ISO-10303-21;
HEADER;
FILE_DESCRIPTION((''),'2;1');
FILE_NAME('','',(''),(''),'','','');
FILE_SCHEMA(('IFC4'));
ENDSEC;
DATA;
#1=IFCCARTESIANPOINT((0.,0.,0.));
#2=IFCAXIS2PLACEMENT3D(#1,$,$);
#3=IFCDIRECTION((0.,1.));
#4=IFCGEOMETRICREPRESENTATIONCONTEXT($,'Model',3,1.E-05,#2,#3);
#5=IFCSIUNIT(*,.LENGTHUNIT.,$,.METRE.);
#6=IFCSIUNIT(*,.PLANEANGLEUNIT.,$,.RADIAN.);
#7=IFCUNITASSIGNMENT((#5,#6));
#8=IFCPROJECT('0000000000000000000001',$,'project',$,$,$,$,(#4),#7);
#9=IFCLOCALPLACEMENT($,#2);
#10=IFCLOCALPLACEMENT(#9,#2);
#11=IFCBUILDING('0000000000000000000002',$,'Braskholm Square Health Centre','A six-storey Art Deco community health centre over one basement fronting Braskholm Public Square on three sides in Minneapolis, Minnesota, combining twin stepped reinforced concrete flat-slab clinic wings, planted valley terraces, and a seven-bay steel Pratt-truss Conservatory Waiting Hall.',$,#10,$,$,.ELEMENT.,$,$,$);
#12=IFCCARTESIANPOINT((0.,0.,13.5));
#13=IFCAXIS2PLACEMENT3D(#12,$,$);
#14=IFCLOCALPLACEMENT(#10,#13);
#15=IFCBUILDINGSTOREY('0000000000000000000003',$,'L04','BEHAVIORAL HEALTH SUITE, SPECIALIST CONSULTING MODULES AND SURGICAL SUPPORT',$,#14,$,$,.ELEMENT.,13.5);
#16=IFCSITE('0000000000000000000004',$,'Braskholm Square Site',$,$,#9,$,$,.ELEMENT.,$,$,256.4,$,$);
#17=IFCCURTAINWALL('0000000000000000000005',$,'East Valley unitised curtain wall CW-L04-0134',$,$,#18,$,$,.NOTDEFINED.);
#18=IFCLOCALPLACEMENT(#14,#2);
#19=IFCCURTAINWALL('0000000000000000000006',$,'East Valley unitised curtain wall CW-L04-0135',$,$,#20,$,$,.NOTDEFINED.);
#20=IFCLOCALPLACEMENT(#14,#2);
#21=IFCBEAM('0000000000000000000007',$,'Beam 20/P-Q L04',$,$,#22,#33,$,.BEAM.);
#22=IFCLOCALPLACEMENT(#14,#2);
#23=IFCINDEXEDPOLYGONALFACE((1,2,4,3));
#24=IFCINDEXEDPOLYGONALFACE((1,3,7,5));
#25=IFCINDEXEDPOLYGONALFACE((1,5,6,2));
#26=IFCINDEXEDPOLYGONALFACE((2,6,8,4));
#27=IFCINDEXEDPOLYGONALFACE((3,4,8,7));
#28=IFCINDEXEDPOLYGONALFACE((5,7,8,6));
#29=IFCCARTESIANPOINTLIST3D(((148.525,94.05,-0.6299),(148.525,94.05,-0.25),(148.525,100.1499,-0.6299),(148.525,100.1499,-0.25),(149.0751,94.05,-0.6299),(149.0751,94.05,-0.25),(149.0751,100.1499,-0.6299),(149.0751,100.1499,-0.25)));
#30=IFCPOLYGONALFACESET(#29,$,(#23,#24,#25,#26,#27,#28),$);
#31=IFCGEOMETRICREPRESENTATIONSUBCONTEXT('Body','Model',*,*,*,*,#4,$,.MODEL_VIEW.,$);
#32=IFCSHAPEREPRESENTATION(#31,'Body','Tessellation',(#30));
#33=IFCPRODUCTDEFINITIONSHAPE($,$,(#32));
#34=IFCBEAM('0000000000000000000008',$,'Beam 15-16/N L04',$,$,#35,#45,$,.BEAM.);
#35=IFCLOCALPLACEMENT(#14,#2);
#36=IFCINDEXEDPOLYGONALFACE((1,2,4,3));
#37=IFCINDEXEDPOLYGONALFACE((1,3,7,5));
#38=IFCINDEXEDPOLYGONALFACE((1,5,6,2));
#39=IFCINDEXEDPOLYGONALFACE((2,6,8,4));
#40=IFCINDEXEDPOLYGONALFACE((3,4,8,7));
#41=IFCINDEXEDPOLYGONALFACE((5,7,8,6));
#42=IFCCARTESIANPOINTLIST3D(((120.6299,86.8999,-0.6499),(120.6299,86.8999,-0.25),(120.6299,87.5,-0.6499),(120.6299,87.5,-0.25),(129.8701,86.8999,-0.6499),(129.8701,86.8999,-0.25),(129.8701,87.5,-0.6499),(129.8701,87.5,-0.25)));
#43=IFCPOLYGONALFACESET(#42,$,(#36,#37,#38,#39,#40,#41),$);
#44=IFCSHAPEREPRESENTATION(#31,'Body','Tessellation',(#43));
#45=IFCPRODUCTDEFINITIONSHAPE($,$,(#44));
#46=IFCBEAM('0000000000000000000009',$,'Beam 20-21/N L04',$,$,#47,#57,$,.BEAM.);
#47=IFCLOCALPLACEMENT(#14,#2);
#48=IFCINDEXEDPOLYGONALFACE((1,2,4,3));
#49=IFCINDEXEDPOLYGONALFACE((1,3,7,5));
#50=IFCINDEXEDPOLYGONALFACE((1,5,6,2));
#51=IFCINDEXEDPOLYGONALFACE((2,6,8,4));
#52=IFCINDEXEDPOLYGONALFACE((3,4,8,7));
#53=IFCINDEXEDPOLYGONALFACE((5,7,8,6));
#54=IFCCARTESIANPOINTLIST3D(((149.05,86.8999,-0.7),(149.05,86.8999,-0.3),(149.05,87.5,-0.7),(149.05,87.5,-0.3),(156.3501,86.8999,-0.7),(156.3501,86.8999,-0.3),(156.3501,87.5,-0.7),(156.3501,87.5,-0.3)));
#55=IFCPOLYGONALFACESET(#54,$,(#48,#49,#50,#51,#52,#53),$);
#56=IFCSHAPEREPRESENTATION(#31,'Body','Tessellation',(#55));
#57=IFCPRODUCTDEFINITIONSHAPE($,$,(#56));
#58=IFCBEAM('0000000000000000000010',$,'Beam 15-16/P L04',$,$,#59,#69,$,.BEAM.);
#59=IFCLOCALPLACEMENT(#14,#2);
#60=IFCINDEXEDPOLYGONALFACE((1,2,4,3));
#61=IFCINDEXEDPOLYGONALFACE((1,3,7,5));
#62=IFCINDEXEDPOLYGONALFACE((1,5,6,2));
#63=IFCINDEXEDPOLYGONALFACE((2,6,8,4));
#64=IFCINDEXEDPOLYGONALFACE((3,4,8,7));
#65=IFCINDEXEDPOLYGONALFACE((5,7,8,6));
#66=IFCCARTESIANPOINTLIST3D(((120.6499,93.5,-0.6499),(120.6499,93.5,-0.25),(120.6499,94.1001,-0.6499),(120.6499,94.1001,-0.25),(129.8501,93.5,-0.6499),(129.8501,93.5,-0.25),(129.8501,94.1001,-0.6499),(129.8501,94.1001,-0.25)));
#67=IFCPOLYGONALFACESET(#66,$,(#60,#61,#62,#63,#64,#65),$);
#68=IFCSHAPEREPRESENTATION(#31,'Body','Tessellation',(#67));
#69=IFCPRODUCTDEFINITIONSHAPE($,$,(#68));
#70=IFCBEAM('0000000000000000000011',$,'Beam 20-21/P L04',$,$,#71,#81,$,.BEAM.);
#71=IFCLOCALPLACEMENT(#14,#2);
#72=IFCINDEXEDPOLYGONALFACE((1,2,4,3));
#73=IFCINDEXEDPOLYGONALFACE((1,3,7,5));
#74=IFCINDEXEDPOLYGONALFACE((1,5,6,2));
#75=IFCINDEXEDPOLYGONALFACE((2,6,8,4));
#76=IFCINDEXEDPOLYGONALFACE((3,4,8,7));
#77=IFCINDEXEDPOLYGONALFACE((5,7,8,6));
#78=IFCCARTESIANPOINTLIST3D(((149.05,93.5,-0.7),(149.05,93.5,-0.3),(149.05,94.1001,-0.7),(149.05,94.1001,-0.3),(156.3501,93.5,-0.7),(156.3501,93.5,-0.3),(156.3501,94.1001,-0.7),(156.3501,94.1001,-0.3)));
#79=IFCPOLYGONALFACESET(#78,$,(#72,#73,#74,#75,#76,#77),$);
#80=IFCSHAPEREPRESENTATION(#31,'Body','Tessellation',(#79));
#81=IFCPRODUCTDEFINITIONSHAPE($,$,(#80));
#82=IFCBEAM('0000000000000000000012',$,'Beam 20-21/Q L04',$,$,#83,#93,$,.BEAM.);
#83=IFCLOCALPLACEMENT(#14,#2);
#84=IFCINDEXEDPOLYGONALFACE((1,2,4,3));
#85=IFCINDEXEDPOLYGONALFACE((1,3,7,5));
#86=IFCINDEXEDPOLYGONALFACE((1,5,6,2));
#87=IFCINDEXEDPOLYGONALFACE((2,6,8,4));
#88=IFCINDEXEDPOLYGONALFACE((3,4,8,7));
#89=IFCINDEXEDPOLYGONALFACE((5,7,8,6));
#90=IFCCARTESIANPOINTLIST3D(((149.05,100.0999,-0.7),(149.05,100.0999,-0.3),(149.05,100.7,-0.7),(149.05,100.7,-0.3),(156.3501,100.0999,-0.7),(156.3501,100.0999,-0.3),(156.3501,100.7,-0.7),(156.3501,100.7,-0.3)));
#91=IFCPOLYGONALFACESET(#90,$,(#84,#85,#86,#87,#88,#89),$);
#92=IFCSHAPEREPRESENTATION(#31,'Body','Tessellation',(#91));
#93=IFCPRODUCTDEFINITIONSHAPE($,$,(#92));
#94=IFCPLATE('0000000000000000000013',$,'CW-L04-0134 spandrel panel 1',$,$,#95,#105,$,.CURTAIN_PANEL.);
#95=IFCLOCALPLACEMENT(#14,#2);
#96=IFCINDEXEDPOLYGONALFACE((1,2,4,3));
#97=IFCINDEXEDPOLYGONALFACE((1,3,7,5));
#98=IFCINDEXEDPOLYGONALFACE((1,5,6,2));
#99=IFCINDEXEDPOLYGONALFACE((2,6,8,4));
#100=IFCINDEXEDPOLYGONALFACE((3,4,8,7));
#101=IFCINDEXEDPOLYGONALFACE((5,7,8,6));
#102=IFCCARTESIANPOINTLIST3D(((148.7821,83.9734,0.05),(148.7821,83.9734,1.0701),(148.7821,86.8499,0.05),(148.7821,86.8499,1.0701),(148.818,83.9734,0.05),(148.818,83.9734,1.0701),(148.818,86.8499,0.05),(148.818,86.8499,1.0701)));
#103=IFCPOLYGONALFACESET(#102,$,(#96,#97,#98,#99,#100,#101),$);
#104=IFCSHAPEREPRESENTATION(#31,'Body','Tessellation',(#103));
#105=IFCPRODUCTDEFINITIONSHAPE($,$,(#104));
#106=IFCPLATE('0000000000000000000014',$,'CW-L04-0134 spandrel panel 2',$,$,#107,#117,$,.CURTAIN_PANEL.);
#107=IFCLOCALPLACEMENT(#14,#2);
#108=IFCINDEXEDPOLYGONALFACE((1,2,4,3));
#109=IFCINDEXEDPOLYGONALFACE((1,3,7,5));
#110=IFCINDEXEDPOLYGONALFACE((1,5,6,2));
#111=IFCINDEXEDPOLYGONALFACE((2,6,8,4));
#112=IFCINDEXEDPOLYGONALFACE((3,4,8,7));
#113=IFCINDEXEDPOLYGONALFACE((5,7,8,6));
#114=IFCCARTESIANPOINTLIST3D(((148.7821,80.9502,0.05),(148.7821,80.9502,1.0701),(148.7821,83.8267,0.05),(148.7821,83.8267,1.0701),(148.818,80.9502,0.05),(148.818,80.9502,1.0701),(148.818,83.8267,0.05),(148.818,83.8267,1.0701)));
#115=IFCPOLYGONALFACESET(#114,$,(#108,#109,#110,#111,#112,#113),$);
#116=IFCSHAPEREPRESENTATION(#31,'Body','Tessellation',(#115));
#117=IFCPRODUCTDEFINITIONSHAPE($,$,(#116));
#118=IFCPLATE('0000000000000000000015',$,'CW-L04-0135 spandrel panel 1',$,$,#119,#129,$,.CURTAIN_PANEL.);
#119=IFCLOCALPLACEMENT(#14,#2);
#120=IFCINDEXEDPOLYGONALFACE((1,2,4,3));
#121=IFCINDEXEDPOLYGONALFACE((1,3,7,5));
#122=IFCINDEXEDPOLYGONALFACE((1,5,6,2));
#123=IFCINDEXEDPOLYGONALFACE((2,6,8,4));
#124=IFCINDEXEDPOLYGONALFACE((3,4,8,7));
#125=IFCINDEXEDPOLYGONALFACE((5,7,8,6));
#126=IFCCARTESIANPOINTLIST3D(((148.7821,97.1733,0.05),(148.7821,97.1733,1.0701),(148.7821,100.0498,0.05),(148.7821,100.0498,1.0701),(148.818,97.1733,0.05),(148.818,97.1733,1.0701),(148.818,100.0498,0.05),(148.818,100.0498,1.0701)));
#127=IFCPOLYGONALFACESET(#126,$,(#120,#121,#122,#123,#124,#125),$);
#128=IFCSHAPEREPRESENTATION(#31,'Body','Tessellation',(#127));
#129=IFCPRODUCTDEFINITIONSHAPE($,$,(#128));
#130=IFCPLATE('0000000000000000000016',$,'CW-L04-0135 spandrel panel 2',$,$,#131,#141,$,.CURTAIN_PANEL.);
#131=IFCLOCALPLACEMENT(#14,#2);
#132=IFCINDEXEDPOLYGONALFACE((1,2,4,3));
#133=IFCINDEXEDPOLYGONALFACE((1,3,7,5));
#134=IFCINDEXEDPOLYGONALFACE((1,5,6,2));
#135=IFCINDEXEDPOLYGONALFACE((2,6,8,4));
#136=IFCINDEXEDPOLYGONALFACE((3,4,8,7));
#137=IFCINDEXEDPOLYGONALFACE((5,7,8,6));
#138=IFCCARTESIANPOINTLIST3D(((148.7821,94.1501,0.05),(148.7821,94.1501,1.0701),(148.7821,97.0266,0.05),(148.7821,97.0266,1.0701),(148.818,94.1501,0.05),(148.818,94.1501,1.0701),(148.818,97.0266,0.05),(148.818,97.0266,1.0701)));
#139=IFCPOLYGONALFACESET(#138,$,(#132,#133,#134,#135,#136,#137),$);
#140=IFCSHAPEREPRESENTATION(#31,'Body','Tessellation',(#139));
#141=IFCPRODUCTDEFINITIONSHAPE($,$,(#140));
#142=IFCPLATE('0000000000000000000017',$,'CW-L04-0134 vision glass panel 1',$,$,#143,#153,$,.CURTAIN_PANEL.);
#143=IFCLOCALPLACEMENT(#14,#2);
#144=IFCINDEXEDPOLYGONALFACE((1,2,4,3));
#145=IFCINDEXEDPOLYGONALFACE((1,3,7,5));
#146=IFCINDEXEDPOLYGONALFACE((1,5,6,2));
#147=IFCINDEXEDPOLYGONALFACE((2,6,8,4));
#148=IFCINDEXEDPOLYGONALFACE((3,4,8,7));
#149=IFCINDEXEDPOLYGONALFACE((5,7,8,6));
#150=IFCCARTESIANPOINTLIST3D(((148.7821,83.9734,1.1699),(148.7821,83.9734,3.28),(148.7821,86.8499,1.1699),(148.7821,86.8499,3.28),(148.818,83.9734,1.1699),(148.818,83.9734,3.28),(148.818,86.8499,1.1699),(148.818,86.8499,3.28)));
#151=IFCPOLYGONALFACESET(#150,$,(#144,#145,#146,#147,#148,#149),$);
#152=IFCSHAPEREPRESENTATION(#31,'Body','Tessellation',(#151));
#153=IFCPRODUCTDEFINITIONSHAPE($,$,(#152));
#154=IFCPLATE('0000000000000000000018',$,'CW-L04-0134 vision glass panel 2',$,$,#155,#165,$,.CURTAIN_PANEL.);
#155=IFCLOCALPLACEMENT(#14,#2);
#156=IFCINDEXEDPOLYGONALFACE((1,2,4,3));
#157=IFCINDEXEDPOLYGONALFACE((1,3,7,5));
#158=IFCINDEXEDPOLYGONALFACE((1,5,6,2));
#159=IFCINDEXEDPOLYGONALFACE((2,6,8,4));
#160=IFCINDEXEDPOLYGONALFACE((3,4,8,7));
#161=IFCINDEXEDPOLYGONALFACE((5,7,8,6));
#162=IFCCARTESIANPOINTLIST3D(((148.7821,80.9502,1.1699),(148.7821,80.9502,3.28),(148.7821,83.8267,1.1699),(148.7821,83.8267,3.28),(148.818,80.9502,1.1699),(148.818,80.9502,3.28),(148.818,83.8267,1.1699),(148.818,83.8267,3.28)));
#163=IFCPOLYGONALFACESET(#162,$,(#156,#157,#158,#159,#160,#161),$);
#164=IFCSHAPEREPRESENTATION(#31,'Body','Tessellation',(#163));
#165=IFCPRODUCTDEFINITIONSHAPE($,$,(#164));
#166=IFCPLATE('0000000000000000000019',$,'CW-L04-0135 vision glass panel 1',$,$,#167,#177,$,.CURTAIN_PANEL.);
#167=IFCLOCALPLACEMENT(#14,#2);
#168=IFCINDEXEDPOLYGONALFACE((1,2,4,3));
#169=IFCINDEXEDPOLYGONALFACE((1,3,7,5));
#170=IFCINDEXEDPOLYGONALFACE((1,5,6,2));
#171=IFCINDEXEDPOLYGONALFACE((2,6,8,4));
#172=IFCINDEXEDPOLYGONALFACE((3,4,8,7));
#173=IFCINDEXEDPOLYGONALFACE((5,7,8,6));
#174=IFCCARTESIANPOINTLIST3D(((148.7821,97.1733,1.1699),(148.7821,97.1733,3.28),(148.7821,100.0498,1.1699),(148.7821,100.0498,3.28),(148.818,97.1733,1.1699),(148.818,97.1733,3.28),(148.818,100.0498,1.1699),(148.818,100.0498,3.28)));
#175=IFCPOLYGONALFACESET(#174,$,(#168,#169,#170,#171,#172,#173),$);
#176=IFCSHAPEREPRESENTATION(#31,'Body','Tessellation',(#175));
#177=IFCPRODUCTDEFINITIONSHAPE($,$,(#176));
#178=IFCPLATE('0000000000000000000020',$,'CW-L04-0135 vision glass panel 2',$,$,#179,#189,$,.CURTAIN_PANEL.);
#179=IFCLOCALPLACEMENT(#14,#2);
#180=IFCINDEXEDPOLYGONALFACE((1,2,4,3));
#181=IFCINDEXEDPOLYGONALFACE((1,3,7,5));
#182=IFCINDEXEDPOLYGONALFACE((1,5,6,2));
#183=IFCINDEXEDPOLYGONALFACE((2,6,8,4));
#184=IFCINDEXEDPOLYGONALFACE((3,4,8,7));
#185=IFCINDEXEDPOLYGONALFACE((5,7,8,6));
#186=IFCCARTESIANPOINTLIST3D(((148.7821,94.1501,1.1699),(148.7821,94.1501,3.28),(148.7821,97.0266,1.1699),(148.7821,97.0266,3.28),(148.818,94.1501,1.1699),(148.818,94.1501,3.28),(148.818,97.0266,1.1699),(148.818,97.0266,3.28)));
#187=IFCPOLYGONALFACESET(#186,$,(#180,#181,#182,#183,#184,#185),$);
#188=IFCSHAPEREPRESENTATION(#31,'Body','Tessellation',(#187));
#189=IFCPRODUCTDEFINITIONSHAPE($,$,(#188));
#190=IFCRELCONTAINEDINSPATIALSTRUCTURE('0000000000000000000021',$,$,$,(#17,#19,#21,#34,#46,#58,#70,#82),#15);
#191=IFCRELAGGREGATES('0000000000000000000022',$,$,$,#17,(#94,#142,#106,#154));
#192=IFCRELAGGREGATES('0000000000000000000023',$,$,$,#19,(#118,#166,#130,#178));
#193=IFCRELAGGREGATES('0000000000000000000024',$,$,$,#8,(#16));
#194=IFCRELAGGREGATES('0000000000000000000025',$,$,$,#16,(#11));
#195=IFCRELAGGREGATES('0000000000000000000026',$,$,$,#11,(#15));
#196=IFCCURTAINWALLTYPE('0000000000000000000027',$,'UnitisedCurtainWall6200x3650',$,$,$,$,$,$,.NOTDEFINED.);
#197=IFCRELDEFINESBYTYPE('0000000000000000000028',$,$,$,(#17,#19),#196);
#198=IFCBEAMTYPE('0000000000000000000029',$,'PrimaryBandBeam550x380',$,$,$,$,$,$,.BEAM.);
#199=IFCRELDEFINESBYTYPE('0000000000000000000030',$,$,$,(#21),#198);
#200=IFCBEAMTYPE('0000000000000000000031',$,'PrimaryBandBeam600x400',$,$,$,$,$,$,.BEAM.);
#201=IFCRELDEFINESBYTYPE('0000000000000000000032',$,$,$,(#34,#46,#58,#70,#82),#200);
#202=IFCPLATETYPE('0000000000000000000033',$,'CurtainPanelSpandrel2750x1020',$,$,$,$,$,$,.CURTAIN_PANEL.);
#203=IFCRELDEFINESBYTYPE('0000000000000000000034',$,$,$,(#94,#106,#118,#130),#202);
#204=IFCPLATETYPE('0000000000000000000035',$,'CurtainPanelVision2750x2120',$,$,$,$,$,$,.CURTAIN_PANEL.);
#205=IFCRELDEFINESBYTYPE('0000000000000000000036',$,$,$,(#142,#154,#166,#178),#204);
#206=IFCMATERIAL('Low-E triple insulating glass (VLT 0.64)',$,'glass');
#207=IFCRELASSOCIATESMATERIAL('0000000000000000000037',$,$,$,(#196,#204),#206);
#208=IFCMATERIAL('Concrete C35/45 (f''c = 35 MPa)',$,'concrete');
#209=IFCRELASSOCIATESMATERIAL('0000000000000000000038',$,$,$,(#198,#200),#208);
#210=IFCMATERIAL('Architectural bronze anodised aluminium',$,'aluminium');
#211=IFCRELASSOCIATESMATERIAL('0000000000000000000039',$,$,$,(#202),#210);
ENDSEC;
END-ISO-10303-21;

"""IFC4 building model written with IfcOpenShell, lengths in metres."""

from ifc_helpers import new_model, si_unit, direction, frame, origin, origin_2d, place, context, subcontext, project, spatial, rectangle, extrude, material, material_profile, profile_set, type_object, element, aggregate, save


model = new_model("IFC4")

# Units and contexts
model_context = context("Model", 3, precision=1e-05, world=origin(), true_north=direction((0.0, 1.0)))
body_context = subcontext(model_context, "Body", "Model", "MODEL_VIEW")
ifc_project = project(units=[si_unit("LENGTHUNIT", "METRE"), si_unit("PLANEANGLEUNIT", "RADIAN")], contexts=[model_context])

# Site, building, storey
site_placement = place(None, origin())
site = spatial("IfcSite", under=ifc_project, at=site_placement, Name="Braskholm Square Site", CompositionType="ELEMENT", RefElevation=256.4)
building_placement = place(site_placement, origin())
building = spatial("IfcBuilding", under=site, at=building_placement, Name="Braskholm Square Health Centre", Description="A six-storey Art Deco community health centre over one basement fronting Braskholm Public Square on three sides in Minneapolis, Minnesota, combining twin stepped reinforced concrete flat-slab clinic wings, planted valley terraces, and a seven-bay steel Pratt-truss Conservatory Waiting Hall.", CompositionType="ELEMENT")
storey_placement = place(building_placement, frame((0.0, 0.0, 13.5)))
storey = spatial("IfcBuildingStorey", under=building, at=storey_placement, Name="L04", Description="BEHAVIORAL HEALTH SUITE, SPECIALIST CONSULTING MODULES AND SURGICAL SUPPORT", CompositionType="ELEMENT", Elevation=13.5)

# Curtain walls
ifc_material_1 = material(Name="Low-E triple insulating glass (VLT 0.64)", Category="glass")
curtain_wall_type = type_object("IfcCurtainWallType", Name="UnitisedCurtainWall6200x3650", PredefinedType="NOTDEFINED", material=ifc_material_1)
curtain_wall_1_placement = place(storey_placement, origin())
curtain_wall_1 = element("IfcCurtainWall", 1, at=curtain_wall_1_placement, inside=storey, type_object=curtain_wall_type, Name="East Valley unitised curtain wall CW-L04-0134", PredefinedType="NOTDEFINED")
ifc_material_2 = material(Name="Architectural bronze anodised aluminium", Category="aluminium")
curtain_wall_2_placement = place(storey_placement, origin())
curtain_wall_2 = element("IfcCurtainWall", 2, at=curtain_wall_2_placement, inside=storey, type_object=curtain_wall_type, Name="East Valley unitised curtain wall CW-L04-0135", PredefinedType="NOTDEFINED")

# Beams
ifc_material_3 = material(Name="Concrete C35/45 (f'c = 35 MPa)", Category="concrete")
ifc_material_profile_1 = material_profile(ifc_material_3, rectangle(XDim=0.55, YDim=0.3799, at=origin_2d()), Name="RCB-550X380")
ifc_profile_set_1 = profile_set([ifc_material_profile_1], Name="Concrete C35/45 (f'c = 35 MPa)")
beam_type_1 = type_object("IfcBeamType", Name="PrimaryBandBeam550x380", PredefinedType="BEAM", material=ifc_profile_set_1)
beam_1_placement = place(storey_placement, frame((148.8, 94.05, -0.4399), z_axis=(0.0, 1.0, 0.0), x_axis=(-1.0, 0.0, 0.0)))
element("IfcBeam", 3, at=beam_1_placement, inside=storey, type_object=beam_type_1, Name="Beam 20/P-Q L04", PredefinedType="BEAM", context=body_context, shape_type="SweptSolid", body=[
    extrude(rectangle(XDim=0.55, YDim=0.3799, at=origin_2d()), origin(), (0.0, 0.0, 1.0), 6.0999),
])
ifc_material_profile_2 = material_profile(ifc_material_3, rectangle(XDim=0.6001, YDim=0.3999, at=origin_2d()), Name="RCB-600X400")
ifc_profile_set_2 = profile_set([ifc_material_profile_2], Name="Concrete C35/45 (f'c = 35 MPa)")
beam_type_2 = type_object("IfcBeamType", Name="PrimaryBandBeam600x400", PredefinedType="BEAM", material=ifc_profile_set_2)
beam_2_placement = place(storey_placement, frame((120.6299, 87.2, -0.45), z_axis=(1.0, 0.0, 0.0), x_axis=(0.0, 1.0, 0.0)))
element("IfcBeam", 4, at=beam_2_placement, inside=storey, type_object=beam_type_2, Name="Beam 15-16/N L04", PredefinedType="BEAM", context=body_context, shape_type="SweptSolid", body=[
    extrude(rectangle(XDim=0.6001, YDim=0.3999, at=origin_2d()), origin(), (0.0, 0.0, 1.0), 9.2402),
])
beam_3_placement = place(storey_placement, frame((149.05, 87.2, -0.5), z_axis=(1.0, 0.0, 0.0), x_axis=(0.0, 1.0, 0.0)))
element("IfcBeam", 5, at=beam_3_placement, inside=storey, type_object=beam_type_2, Name="Beam 20-21/N L04", PredefinedType="BEAM", context=body_context, shape_type="SweptSolid", body=[
    extrude(rectangle(XDim=0.6001, YDim=0.3999, at=origin_2d()), origin(), (0.0, 0.0, 1.0), 7.3),
])
beam_4_placement = place(storey_placement, frame((120.6499, 93.8, -0.45), z_axis=(1.0, 0.0, 0.0), x_axis=(0.0, 1.0, 0.0)))
element("IfcBeam", 6, at=beam_4_placement, inside=storey, type_object=beam_type_2, Name="Beam 15-16/P L04", PredefinedType="BEAM", context=body_context, shape_type="SweptSolid", body=[
    extrude(rectangle(XDim=0.6001, YDim=0.3999, at=origin_2d()), origin(), (0.0, 0.0, 1.0), 9.2002),
])
for number, where, z_axis, x_axis, name in (
    (7, (149.05, 93.8, -0.5), (1.0, 0.0, 0.0), (0.0, 1.0, 0.0), "Beam 20-21/P L04"),
    (8, (149.05, 100.3999, -0.5), (1.0, 0.0, 0.0), (0.0, 1.0, 0.0), "Beam 20-21/Q L04"),
):
    element("IfcBeam", number, at=place(storey_placement, frame(where, z_axis=z_axis, x_axis=x_axis)), inside=storey, type_object=beam_type_2, Name=name, PredefinedType="BEAM", context=body_context, shape_type="SweptSolid", body=[
        extrude(rectangle(XDim=0.6001, YDim=0.3999, at=origin_2d()), origin(), (0.0, 0.0, 1.0), 7.3),
    ])

# Plates
plate_type_1 = type_object("IfcPlateType", Name="CurtainPanelSpandrel2750x1020", PredefinedType="CURTAIN_PANEL", material=ifc_material_2)
plate_1_placement = place(storey_placement, frame((148.8, 85.4116, 0.05), z_axis=(0.0, 0.0, 1.0), x_axis=(0.0, -1.0, 0.0)))
plate_1 = element("IfcPlate", 9, at=plate_1_placement, type_object=plate_type_1, Name="CW-L04-0134 spandrel panel 1", PredefinedType="CURTAIN_PANEL", context=body_context, shape_type="SweptSolid", body=[
    extrude(rectangle(XDim=2.8765, YDim=0.0359, at=origin_2d()), origin(), (0.0, 0.0, 1.0), 1.02),
])
plate_2_placement = place(storey_placement, frame((148.8, 82.3884, 0.05), z_axis=(0.0, 0.0, 1.0), x_axis=(0.0, -1.0, 0.0)))
plate_2 = element("IfcPlate", 10, at=plate_2_placement, type_object=plate_type_1, Name="CW-L04-0134 spandrel panel 2", PredefinedType="CURTAIN_PANEL", context=body_context, shape_type="SweptSolid", body=[
    extrude(rectangle(XDim=2.8765, YDim=0.0359, at=origin_2d()), origin(), (0.0, 0.0, 1.0), 1.02),
])
plate_3_placement = place(storey_placement, frame((148.8, 98.6116, 0.05), z_axis=(0.0, 0.0, 1.0), x_axis=(0.0, -1.0, 0.0)))
plate_3 = element("IfcPlate", 11, at=plate_3_placement, type_object=plate_type_1, Name="CW-L04-0135 spandrel panel 1", PredefinedType="CURTAIN_PANEL", context=body_context, shape_type="SweptSolid", body=[
    extrude(rectangle(XDim=2.8765, YDim=0.0359, at=origin_2d()), origin(), (0.0, 0.0, 1.0), 1.02),
])
plate_4_placement = place(storey_placement, frame((148.8, 95.5884, 0.05), z_axis=(0.0, 0.0, 1.0), x_axis=(0.0, -1.0, 0.0)))
plate_4 = element("IfcPlate", 12, at=plate_4_placement, type_object=plate_type_1, Name="CW-L04-0135 spandrel panel 2", PredefinedType="CURTAIN_PANEL", context=body_context, shape_type="SweptSolid", body=[
    extrude(rectangle(XDim=2.8765, YDim=0.0359, at=origin_2d()), origin(), (0.0, 0.0, 1.0), 1.02),
])
plate_type_2 = type_object("IfcPlateType", Name="CurtainPanelVision2750x2120", PredefinedType="CURTAIN_PANEL", material=ifc_material_1)
plate_5_placement = place(storey_placement, frame((148.8, 85.4116, 1.1699), z_axis=(0.0, 0.0, 1.0), x_axis=(0.0, -1.0, 0.0)))
plate_5 = element("IfcPlate", 13, at=plate_5_placement, type_object=plate_type_2, Name="CW-L04-0134 vision glass panel 1", PredefinedType="CURTAIN_PANEL", context=body_context, shape_type="SweptSolid", body=[
    extrude(rectangle(XDim=2.8765, YDim=0.0359, at=origin_2d()), origin(), (0.0, 0.0, 1.0), 2.1101),
])
plate_6_placement = place(storey_placement, frame((148.8, 82.3884, 1.1699), z_axis=(0.0, 0.0, 1.0), x_axis=(0.0, -1.0, 0.0)))
plate_6 = element("IfcPlate", 14, at=plate_6_placement, type_object=plate_type_2, Name="CW-L04-0134 vision glass panel 2", PredefinedType="CURTAIN_PANEL", context=body_context, shape_type="SweptSolid", body=[
    extrude(rectangle(XDim=2.8765, YDim=0.0359, at=origin_2d()), origin(), (0.0, 0.0, 1.0), 2.1101),
])
aggregate(curtain_wall_1, [plate_1, plate_5, plate_2, plate_6])
plate_7_placement = place(storey_placement, frame((148.8, 98.6116, 1.1699), z_axis=(0.0, 0.0, 1.0), x_axis=(0.0, -1.0, 0.0)))
plate_7 = element("IfcPlate", 15, at=plate_7_placement, type_object=plate_type_2, Name="CW-L04-0135 vision glass panel 1", PredefinedType="CURTAIN_PANEL", context=body_context, shape_type="SweptSolid", body=[
    extrude(rectangle(XDim=2.8765, YDim=0.0359, at=origin_2d()), origin(), (0.0, 0.0, 1.0), 2.1101),
])
plate_8_placement = place(storey_placement, frame((148.8, 95.5884, 1.1699), z_axis=(0.0, 0.0, 1.0), x_axis=(0.0, -1.0, 0.0)))
plate_8 = element("IfcPlate", 16, at=plate_8_placement, type_object=plate_type_2, Name="CW-L04-0135 vision glass panel 2", PredefinedType="CURTAIN_PANEL", context=body_context, shape_type="SweptSolid", body=[
    extrude(rectangle(XDim=2.8765, YDim=0.0359, at=origin_2d()), origin(), (0.0, 0.0, 1.0), 2.1101),
])
aggregate(curtain_wall_2, [plate_3, plate_7, plate_4, plate_8])

save(model, "model.ifc")
